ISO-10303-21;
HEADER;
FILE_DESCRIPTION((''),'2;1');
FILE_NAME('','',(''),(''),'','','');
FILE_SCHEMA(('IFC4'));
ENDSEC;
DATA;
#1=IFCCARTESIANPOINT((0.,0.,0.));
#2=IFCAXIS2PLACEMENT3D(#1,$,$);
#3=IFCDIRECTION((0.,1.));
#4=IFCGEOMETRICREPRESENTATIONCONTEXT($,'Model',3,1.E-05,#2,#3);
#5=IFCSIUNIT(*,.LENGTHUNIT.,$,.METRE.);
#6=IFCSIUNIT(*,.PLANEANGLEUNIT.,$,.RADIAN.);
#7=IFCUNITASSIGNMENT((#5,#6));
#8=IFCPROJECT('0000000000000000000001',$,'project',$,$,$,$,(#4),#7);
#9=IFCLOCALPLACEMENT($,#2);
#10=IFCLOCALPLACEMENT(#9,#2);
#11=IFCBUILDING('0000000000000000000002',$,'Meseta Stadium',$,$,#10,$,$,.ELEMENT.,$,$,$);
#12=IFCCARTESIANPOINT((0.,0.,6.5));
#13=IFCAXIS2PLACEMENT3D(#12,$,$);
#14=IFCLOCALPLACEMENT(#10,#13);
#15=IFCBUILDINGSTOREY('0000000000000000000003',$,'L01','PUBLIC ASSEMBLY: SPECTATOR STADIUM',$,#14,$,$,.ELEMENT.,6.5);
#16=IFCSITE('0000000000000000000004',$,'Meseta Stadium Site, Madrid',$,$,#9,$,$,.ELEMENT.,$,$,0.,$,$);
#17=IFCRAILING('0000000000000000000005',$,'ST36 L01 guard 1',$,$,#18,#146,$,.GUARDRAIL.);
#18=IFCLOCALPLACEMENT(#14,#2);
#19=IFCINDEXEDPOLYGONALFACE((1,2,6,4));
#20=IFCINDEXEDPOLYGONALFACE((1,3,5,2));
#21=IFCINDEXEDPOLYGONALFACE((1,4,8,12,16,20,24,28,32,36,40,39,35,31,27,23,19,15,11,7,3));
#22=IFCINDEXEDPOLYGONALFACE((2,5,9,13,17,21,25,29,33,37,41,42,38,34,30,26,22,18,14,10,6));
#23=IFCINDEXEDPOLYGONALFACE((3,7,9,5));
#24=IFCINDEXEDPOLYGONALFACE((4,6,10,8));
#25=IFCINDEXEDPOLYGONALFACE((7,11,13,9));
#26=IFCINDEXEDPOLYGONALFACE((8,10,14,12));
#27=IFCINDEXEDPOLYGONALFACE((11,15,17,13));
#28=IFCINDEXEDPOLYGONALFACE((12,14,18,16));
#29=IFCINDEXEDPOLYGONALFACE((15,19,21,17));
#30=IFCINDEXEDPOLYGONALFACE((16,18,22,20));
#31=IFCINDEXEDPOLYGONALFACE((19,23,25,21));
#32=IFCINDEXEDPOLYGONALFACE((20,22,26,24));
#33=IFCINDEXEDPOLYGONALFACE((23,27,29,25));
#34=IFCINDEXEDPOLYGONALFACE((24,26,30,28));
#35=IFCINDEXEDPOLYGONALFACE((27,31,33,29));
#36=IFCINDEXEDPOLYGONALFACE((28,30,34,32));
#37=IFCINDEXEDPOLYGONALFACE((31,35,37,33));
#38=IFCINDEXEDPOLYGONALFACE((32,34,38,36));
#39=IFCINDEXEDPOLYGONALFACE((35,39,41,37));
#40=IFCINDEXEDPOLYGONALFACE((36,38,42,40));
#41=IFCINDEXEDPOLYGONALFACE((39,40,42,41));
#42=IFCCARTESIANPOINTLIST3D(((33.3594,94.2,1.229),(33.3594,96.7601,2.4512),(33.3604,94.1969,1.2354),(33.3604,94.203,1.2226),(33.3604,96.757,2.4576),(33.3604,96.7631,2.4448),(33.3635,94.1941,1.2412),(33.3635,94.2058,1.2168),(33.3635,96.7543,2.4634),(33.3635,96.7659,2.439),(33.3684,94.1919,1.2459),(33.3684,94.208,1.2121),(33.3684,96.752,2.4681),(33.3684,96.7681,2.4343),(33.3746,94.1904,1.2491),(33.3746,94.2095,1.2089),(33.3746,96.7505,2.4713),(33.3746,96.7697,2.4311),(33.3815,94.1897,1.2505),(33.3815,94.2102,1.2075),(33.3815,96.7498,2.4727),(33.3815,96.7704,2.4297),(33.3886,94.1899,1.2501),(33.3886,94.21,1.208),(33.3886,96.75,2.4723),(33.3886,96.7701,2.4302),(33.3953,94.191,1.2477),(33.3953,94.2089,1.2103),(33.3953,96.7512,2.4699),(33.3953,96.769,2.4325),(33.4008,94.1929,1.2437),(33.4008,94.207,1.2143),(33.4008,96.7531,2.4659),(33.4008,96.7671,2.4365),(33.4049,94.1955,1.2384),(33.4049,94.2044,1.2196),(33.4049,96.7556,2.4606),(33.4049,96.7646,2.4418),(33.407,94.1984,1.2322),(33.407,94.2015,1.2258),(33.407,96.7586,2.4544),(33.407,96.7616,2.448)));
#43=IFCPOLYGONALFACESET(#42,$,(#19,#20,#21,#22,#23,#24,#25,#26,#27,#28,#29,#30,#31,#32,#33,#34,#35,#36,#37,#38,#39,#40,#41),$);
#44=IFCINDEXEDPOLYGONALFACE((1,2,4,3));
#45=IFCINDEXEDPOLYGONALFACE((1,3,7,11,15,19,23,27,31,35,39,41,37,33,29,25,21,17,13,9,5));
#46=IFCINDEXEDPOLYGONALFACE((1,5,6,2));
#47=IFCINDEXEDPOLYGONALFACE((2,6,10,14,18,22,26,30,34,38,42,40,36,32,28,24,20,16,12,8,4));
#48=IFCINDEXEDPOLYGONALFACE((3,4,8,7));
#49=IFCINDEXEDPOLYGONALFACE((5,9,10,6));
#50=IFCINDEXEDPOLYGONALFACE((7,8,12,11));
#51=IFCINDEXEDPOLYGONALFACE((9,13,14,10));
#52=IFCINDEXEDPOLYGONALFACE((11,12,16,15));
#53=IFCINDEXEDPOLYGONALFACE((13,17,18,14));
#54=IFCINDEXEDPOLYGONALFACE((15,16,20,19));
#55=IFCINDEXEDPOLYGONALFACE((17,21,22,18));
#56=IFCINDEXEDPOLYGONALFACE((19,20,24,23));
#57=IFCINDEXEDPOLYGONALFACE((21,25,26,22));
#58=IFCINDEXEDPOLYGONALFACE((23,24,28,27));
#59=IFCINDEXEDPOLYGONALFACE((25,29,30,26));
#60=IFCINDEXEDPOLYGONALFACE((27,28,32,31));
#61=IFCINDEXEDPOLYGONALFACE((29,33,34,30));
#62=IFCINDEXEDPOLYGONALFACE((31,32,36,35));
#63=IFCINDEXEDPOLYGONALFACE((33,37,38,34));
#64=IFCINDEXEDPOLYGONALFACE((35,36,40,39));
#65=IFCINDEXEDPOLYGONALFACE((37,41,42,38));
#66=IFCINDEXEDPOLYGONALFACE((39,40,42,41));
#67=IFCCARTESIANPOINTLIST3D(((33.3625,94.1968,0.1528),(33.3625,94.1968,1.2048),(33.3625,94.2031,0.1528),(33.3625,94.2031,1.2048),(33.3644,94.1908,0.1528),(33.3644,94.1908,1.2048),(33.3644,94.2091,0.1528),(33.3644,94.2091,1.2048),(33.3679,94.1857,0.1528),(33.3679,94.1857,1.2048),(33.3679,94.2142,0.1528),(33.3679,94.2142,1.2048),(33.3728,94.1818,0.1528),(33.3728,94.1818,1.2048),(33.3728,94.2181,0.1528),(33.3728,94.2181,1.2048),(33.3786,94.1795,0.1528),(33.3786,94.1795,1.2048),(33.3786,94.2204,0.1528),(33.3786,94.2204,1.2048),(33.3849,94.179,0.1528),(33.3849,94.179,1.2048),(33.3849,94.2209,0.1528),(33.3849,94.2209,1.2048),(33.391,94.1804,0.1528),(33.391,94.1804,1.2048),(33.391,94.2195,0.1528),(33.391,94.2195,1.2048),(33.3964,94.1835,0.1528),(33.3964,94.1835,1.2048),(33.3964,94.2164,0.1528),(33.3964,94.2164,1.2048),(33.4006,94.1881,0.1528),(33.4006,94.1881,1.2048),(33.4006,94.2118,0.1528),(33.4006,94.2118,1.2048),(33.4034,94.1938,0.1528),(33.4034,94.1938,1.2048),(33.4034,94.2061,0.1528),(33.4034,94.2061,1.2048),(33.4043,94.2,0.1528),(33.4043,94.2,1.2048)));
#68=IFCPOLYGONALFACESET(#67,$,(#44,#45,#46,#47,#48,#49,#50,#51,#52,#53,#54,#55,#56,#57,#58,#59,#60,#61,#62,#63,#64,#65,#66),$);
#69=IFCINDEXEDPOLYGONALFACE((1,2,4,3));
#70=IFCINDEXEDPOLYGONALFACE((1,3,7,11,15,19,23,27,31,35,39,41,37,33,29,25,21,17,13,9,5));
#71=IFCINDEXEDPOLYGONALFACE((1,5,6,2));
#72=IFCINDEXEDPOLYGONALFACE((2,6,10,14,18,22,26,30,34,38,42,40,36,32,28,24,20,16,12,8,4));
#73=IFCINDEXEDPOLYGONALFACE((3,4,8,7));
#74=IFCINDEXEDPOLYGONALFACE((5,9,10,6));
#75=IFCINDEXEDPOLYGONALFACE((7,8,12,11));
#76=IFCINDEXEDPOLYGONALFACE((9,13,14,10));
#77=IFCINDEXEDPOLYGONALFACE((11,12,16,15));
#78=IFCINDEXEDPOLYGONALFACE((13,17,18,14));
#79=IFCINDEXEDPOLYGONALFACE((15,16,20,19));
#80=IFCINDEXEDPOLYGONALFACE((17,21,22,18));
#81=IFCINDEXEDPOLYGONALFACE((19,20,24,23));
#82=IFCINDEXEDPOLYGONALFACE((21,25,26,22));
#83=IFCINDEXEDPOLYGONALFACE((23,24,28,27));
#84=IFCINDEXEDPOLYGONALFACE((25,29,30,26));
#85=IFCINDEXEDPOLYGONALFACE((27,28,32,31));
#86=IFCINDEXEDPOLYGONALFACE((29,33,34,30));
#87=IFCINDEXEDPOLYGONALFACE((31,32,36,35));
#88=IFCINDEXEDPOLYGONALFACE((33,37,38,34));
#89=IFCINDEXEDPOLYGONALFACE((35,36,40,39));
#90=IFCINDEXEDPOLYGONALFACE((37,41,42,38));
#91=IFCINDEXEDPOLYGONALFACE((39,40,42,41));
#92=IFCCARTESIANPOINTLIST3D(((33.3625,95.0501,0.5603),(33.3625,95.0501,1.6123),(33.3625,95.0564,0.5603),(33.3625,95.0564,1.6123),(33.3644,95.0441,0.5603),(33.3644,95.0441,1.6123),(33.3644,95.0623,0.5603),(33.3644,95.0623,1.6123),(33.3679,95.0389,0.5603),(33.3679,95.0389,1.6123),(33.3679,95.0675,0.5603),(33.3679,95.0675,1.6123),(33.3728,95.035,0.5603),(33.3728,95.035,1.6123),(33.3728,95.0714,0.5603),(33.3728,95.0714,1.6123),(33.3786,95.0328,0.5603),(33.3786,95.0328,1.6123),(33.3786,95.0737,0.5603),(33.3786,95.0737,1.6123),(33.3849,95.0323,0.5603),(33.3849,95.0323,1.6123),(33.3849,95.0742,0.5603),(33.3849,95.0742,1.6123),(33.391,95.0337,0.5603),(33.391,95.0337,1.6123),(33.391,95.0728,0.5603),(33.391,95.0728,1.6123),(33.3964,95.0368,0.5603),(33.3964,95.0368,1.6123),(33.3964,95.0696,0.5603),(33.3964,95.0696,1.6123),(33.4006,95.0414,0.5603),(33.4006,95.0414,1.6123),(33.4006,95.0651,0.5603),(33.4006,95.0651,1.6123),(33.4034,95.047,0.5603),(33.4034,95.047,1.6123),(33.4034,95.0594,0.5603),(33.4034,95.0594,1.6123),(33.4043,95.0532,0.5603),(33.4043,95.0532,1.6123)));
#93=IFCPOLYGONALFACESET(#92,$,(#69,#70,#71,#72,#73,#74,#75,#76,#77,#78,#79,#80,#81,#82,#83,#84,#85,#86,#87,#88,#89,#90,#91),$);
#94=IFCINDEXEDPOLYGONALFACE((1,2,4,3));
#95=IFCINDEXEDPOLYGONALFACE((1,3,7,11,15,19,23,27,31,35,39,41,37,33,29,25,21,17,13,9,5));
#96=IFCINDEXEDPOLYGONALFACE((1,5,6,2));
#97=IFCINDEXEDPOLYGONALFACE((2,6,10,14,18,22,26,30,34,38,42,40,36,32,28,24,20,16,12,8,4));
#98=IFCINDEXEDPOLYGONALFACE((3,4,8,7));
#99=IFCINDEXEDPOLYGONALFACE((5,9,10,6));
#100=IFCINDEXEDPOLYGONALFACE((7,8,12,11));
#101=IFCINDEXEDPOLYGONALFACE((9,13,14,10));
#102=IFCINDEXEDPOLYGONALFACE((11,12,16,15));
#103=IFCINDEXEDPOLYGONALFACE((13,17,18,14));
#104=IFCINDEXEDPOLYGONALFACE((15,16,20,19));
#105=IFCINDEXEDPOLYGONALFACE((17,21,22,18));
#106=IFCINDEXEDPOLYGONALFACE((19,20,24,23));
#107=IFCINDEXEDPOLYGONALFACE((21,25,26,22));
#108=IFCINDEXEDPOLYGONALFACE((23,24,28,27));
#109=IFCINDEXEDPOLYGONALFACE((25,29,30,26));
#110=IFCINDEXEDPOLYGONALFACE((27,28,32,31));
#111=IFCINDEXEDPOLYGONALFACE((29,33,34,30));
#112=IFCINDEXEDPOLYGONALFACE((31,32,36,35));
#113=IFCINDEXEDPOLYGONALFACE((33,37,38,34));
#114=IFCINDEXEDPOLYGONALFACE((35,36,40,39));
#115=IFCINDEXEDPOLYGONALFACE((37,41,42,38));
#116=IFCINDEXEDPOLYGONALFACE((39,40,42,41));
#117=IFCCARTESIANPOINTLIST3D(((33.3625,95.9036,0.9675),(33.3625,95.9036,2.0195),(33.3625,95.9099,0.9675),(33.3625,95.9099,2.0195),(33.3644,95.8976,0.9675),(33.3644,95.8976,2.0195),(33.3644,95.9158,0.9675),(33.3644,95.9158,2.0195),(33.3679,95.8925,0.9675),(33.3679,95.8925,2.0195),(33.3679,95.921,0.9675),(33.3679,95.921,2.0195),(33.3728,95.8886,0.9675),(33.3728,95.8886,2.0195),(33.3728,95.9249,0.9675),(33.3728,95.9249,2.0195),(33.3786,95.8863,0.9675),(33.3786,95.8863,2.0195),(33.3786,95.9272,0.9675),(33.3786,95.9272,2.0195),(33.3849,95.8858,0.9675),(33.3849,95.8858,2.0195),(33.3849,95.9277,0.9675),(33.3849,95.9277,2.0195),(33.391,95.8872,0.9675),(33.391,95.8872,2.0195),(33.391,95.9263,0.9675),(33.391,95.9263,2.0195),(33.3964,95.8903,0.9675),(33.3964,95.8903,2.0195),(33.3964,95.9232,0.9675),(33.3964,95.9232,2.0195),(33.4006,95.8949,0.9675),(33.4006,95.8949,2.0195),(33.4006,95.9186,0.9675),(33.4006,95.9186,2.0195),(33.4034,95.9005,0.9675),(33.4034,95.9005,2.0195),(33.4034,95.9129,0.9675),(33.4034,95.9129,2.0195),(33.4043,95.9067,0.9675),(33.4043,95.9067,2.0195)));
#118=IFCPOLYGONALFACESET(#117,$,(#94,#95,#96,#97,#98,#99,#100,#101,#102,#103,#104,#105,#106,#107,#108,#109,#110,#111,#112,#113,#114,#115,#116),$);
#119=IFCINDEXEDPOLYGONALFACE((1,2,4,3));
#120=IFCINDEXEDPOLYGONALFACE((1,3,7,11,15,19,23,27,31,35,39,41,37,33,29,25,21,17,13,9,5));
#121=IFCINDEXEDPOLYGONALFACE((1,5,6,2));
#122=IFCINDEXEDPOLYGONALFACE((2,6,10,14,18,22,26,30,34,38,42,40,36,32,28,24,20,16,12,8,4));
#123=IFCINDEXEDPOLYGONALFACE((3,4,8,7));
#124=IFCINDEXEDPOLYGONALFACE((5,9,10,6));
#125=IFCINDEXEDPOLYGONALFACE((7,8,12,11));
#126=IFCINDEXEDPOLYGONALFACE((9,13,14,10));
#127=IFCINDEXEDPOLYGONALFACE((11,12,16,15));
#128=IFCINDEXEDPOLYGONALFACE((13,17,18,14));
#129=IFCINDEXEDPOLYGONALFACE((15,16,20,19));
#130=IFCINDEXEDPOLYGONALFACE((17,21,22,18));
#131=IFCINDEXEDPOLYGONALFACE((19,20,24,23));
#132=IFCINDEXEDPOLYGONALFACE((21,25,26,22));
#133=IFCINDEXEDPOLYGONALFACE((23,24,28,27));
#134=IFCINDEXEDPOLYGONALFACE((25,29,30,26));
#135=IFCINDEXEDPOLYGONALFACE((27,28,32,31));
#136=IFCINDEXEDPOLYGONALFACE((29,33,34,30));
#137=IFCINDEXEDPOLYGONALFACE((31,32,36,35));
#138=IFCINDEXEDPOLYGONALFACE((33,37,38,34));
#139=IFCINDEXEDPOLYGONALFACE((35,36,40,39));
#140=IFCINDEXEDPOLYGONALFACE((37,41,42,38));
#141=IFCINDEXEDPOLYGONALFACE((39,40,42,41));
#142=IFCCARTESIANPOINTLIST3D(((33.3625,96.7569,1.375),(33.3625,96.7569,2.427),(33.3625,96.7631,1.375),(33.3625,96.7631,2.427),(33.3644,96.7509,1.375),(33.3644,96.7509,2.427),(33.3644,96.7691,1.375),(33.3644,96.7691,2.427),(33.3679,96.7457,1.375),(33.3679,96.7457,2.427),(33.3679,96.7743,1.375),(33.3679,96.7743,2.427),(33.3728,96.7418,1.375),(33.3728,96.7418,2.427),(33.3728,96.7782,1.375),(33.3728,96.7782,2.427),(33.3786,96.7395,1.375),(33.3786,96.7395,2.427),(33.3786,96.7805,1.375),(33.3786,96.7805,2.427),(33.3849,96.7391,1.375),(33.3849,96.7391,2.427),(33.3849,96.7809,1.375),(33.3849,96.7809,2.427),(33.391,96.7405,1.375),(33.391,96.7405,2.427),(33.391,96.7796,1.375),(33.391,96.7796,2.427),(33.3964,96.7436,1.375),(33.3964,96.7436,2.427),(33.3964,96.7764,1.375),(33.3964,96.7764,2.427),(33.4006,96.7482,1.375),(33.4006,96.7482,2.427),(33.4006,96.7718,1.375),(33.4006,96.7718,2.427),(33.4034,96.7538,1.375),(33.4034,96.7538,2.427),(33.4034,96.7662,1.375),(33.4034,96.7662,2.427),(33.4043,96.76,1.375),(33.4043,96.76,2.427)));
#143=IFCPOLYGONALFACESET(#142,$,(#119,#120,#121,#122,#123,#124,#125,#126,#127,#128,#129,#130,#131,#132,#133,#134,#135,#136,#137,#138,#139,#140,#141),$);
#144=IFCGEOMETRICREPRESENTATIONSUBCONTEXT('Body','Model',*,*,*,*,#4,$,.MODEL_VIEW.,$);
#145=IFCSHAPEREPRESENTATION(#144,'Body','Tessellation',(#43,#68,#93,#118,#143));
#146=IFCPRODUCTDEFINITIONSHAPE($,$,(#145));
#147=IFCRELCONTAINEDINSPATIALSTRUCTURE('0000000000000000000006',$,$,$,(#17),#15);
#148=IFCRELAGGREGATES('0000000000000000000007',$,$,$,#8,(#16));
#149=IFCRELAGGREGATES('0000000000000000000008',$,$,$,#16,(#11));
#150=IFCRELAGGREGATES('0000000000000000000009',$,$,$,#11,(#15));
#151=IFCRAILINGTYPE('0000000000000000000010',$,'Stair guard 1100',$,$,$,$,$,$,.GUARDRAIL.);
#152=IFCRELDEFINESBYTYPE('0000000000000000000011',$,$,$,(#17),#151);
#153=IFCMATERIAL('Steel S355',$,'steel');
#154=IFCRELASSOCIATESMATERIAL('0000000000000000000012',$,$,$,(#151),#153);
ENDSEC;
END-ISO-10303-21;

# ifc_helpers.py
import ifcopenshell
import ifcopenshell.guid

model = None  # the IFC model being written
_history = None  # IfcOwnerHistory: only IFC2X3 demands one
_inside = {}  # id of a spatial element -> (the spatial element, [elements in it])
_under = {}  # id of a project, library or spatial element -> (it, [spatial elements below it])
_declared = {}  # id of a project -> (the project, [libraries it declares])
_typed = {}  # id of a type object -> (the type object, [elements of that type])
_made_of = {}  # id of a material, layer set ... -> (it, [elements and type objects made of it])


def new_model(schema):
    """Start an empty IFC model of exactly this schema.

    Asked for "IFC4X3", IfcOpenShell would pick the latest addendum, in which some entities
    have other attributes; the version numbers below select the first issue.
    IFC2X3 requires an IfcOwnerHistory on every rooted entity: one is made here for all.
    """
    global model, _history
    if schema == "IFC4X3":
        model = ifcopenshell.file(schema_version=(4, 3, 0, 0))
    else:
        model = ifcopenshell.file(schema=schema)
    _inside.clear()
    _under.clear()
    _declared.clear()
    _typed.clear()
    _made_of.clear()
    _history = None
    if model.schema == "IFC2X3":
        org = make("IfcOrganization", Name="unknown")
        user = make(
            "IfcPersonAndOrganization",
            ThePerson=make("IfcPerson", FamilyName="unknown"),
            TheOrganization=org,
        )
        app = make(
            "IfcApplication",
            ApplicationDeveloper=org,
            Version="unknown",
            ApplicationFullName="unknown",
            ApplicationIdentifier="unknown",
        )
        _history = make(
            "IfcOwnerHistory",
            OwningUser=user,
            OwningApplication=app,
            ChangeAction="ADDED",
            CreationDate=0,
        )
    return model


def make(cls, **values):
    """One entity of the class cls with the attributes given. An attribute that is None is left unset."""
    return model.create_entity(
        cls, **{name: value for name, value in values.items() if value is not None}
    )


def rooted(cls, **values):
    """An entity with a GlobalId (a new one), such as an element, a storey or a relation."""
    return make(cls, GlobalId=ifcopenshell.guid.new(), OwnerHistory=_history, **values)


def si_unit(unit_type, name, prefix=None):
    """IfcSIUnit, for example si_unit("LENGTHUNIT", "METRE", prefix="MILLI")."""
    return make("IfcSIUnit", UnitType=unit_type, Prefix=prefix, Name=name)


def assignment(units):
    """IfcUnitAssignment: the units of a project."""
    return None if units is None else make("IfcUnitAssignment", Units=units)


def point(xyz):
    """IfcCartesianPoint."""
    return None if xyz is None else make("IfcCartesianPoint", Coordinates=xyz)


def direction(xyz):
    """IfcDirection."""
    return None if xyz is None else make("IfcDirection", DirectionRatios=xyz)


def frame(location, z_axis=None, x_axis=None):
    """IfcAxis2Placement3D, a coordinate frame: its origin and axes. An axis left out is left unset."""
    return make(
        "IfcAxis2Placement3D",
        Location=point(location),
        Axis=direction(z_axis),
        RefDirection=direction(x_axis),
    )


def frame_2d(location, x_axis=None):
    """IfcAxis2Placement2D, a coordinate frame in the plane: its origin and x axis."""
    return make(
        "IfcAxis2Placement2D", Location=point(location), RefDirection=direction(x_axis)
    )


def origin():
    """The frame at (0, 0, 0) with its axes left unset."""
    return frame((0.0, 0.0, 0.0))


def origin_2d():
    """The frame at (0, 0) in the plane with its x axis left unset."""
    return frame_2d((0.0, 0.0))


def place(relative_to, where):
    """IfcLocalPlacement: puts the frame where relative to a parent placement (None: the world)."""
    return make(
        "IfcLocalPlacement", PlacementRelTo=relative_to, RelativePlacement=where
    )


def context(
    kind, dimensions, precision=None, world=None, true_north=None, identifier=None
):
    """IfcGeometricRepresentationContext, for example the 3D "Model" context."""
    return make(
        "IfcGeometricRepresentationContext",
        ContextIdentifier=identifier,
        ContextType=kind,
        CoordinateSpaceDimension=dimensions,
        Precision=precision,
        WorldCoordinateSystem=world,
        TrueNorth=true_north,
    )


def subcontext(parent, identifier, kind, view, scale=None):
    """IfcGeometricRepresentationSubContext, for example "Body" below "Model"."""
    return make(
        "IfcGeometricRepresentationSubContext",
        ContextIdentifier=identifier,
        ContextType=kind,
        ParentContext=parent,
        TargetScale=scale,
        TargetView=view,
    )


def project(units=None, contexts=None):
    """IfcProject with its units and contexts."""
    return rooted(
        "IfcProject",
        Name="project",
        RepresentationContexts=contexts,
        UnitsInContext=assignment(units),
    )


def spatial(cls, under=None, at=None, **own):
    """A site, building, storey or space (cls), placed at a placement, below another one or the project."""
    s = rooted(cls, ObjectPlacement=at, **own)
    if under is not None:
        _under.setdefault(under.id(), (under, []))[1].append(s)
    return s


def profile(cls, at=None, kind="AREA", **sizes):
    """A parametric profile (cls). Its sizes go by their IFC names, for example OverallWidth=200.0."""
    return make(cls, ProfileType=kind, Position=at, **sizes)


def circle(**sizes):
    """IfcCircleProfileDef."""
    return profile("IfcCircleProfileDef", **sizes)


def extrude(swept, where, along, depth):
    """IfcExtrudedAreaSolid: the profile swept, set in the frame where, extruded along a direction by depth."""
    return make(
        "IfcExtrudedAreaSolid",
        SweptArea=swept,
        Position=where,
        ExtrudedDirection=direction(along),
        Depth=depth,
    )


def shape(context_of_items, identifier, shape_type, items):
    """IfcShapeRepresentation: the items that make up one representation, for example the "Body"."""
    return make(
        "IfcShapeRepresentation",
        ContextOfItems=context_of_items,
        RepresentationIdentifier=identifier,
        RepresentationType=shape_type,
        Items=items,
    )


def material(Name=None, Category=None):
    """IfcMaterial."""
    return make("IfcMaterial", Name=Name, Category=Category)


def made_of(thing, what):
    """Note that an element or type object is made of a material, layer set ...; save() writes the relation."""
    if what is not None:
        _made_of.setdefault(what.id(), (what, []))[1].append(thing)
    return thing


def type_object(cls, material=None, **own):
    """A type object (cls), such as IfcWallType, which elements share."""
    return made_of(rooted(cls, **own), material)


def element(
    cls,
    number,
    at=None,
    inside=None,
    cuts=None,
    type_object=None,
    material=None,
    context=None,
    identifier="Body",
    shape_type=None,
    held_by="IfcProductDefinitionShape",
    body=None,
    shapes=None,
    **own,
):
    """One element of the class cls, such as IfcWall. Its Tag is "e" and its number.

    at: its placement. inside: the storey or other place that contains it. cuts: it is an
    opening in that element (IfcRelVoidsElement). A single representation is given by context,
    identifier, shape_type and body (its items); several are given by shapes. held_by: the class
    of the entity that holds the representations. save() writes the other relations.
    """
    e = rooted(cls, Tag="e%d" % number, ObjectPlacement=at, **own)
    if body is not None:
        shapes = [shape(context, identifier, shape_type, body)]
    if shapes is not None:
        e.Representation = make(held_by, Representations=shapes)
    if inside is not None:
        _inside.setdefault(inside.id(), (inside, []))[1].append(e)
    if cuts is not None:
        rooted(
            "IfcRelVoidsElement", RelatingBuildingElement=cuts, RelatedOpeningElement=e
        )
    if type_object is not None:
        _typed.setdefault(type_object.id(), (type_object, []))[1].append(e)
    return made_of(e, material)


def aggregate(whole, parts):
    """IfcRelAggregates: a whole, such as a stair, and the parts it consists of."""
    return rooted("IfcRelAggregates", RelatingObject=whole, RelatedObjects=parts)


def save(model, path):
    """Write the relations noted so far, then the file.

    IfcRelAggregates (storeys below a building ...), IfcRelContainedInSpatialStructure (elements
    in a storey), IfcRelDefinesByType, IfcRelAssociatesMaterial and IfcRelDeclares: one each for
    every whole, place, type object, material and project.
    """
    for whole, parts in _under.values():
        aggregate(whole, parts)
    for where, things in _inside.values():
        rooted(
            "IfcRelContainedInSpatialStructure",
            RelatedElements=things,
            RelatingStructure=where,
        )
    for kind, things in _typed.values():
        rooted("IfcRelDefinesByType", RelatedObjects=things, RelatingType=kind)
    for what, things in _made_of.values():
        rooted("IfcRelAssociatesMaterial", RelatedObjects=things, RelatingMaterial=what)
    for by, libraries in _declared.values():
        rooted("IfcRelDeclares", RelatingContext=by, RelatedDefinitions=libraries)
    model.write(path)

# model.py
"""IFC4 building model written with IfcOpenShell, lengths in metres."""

from ifc_helpers import new_model, si_unit, direction, frame, origin, origin_2d, place, context, subcontext, project, spatial, circle, extrude, material, type_object, element, save


model = new_model("IFC4")

# Units and contexts
model_context = context("Model", 3, precision=1e-05, world=origin(), true_north=direction((0.0, 1.0)))
body_context = subcontext(model_context, "Body", "Model", "MODEL_VIEW")
ifc_project = project(units=[si_unit("LENGTHUNIT", "METRE"), si_unit("PLANEANGLEUNIT", "RADIAN")], contexts=[model_context])

# Site, building, storey
site_placement = place(None, origin())
site = spatial("IfcSite", under=ifc_project, at=site_placement, Name="Meseta Stadium Site, Madrid", CompositionType="ELEMENT", RefElevation=0.0)
building_placement = place(site_placement, origin())
building = spatial("IfcBuilding", under=site, at=building_placement, Name="Meseta Stadium", CompositionType="ELEMENT")
storey_placement = place(building_placement, frame((0.0, 0.0, 6.5)))
storey = spatial("IfcBuildingStorey", under=building, at=storey_placement, Name="L01", Description="PUBLIC ASSEMBLY: SPECTATOR STADIUM", CompositionType="ELEMENT", Elevation=6.5)

# Railing
ifc_material_1 = material(Name="Steel S355", Category="steel")
railing_type_1 = type_object("IfcRailingType", Name="Stair guard 1100", PredefinedType="GUARDRAIL", material=ifc_material_1)
railing_1_placement = place(storey_placement, frame((33.3833, 94.2, 0.1528)))
element("IfcRailing", 1, at=railing_1_placement, inside=storey, type_object=railing_type_1, Name="ST36 L01 guard 1", PredefinedType="GUARDRAIL", context=body_context, shape_type="SweptSolid", body=[
    extrude(circle(Radius=0.0239, at=origin_2d()), frame((0.0, 0.0, 1.0762), z_axis=(0.0, 0.902437, 0.430822), x_axis=(-1.0, 0.0, 0.0)), (0.0, 0.0, 1.0), 2.8369),
    extrude(circle(Radius=0.021, at=origin_2d()), origin(), (0.0, 0.0, 1.0), 1.052),
    extrude(circle(Radius=0.021, at=origin_2d()), frame((0.0, 0.8533, 0.4075)), (0.0, 0.0, 1.0), 1.052),
    extrude(circle(Radius=0.021, at=origin_2d()), frame((0.0, 1.7068, 0.8147)), (0.0, 0.0, 1.0), 1.052),
    extrude(circle(Radius=0.021, at=origin_2d()), frame((0.0, 2.5601, 1.2222)), (0.0, 0.0, 1.0), 1.052),
])

save(model, "model.ifc")
